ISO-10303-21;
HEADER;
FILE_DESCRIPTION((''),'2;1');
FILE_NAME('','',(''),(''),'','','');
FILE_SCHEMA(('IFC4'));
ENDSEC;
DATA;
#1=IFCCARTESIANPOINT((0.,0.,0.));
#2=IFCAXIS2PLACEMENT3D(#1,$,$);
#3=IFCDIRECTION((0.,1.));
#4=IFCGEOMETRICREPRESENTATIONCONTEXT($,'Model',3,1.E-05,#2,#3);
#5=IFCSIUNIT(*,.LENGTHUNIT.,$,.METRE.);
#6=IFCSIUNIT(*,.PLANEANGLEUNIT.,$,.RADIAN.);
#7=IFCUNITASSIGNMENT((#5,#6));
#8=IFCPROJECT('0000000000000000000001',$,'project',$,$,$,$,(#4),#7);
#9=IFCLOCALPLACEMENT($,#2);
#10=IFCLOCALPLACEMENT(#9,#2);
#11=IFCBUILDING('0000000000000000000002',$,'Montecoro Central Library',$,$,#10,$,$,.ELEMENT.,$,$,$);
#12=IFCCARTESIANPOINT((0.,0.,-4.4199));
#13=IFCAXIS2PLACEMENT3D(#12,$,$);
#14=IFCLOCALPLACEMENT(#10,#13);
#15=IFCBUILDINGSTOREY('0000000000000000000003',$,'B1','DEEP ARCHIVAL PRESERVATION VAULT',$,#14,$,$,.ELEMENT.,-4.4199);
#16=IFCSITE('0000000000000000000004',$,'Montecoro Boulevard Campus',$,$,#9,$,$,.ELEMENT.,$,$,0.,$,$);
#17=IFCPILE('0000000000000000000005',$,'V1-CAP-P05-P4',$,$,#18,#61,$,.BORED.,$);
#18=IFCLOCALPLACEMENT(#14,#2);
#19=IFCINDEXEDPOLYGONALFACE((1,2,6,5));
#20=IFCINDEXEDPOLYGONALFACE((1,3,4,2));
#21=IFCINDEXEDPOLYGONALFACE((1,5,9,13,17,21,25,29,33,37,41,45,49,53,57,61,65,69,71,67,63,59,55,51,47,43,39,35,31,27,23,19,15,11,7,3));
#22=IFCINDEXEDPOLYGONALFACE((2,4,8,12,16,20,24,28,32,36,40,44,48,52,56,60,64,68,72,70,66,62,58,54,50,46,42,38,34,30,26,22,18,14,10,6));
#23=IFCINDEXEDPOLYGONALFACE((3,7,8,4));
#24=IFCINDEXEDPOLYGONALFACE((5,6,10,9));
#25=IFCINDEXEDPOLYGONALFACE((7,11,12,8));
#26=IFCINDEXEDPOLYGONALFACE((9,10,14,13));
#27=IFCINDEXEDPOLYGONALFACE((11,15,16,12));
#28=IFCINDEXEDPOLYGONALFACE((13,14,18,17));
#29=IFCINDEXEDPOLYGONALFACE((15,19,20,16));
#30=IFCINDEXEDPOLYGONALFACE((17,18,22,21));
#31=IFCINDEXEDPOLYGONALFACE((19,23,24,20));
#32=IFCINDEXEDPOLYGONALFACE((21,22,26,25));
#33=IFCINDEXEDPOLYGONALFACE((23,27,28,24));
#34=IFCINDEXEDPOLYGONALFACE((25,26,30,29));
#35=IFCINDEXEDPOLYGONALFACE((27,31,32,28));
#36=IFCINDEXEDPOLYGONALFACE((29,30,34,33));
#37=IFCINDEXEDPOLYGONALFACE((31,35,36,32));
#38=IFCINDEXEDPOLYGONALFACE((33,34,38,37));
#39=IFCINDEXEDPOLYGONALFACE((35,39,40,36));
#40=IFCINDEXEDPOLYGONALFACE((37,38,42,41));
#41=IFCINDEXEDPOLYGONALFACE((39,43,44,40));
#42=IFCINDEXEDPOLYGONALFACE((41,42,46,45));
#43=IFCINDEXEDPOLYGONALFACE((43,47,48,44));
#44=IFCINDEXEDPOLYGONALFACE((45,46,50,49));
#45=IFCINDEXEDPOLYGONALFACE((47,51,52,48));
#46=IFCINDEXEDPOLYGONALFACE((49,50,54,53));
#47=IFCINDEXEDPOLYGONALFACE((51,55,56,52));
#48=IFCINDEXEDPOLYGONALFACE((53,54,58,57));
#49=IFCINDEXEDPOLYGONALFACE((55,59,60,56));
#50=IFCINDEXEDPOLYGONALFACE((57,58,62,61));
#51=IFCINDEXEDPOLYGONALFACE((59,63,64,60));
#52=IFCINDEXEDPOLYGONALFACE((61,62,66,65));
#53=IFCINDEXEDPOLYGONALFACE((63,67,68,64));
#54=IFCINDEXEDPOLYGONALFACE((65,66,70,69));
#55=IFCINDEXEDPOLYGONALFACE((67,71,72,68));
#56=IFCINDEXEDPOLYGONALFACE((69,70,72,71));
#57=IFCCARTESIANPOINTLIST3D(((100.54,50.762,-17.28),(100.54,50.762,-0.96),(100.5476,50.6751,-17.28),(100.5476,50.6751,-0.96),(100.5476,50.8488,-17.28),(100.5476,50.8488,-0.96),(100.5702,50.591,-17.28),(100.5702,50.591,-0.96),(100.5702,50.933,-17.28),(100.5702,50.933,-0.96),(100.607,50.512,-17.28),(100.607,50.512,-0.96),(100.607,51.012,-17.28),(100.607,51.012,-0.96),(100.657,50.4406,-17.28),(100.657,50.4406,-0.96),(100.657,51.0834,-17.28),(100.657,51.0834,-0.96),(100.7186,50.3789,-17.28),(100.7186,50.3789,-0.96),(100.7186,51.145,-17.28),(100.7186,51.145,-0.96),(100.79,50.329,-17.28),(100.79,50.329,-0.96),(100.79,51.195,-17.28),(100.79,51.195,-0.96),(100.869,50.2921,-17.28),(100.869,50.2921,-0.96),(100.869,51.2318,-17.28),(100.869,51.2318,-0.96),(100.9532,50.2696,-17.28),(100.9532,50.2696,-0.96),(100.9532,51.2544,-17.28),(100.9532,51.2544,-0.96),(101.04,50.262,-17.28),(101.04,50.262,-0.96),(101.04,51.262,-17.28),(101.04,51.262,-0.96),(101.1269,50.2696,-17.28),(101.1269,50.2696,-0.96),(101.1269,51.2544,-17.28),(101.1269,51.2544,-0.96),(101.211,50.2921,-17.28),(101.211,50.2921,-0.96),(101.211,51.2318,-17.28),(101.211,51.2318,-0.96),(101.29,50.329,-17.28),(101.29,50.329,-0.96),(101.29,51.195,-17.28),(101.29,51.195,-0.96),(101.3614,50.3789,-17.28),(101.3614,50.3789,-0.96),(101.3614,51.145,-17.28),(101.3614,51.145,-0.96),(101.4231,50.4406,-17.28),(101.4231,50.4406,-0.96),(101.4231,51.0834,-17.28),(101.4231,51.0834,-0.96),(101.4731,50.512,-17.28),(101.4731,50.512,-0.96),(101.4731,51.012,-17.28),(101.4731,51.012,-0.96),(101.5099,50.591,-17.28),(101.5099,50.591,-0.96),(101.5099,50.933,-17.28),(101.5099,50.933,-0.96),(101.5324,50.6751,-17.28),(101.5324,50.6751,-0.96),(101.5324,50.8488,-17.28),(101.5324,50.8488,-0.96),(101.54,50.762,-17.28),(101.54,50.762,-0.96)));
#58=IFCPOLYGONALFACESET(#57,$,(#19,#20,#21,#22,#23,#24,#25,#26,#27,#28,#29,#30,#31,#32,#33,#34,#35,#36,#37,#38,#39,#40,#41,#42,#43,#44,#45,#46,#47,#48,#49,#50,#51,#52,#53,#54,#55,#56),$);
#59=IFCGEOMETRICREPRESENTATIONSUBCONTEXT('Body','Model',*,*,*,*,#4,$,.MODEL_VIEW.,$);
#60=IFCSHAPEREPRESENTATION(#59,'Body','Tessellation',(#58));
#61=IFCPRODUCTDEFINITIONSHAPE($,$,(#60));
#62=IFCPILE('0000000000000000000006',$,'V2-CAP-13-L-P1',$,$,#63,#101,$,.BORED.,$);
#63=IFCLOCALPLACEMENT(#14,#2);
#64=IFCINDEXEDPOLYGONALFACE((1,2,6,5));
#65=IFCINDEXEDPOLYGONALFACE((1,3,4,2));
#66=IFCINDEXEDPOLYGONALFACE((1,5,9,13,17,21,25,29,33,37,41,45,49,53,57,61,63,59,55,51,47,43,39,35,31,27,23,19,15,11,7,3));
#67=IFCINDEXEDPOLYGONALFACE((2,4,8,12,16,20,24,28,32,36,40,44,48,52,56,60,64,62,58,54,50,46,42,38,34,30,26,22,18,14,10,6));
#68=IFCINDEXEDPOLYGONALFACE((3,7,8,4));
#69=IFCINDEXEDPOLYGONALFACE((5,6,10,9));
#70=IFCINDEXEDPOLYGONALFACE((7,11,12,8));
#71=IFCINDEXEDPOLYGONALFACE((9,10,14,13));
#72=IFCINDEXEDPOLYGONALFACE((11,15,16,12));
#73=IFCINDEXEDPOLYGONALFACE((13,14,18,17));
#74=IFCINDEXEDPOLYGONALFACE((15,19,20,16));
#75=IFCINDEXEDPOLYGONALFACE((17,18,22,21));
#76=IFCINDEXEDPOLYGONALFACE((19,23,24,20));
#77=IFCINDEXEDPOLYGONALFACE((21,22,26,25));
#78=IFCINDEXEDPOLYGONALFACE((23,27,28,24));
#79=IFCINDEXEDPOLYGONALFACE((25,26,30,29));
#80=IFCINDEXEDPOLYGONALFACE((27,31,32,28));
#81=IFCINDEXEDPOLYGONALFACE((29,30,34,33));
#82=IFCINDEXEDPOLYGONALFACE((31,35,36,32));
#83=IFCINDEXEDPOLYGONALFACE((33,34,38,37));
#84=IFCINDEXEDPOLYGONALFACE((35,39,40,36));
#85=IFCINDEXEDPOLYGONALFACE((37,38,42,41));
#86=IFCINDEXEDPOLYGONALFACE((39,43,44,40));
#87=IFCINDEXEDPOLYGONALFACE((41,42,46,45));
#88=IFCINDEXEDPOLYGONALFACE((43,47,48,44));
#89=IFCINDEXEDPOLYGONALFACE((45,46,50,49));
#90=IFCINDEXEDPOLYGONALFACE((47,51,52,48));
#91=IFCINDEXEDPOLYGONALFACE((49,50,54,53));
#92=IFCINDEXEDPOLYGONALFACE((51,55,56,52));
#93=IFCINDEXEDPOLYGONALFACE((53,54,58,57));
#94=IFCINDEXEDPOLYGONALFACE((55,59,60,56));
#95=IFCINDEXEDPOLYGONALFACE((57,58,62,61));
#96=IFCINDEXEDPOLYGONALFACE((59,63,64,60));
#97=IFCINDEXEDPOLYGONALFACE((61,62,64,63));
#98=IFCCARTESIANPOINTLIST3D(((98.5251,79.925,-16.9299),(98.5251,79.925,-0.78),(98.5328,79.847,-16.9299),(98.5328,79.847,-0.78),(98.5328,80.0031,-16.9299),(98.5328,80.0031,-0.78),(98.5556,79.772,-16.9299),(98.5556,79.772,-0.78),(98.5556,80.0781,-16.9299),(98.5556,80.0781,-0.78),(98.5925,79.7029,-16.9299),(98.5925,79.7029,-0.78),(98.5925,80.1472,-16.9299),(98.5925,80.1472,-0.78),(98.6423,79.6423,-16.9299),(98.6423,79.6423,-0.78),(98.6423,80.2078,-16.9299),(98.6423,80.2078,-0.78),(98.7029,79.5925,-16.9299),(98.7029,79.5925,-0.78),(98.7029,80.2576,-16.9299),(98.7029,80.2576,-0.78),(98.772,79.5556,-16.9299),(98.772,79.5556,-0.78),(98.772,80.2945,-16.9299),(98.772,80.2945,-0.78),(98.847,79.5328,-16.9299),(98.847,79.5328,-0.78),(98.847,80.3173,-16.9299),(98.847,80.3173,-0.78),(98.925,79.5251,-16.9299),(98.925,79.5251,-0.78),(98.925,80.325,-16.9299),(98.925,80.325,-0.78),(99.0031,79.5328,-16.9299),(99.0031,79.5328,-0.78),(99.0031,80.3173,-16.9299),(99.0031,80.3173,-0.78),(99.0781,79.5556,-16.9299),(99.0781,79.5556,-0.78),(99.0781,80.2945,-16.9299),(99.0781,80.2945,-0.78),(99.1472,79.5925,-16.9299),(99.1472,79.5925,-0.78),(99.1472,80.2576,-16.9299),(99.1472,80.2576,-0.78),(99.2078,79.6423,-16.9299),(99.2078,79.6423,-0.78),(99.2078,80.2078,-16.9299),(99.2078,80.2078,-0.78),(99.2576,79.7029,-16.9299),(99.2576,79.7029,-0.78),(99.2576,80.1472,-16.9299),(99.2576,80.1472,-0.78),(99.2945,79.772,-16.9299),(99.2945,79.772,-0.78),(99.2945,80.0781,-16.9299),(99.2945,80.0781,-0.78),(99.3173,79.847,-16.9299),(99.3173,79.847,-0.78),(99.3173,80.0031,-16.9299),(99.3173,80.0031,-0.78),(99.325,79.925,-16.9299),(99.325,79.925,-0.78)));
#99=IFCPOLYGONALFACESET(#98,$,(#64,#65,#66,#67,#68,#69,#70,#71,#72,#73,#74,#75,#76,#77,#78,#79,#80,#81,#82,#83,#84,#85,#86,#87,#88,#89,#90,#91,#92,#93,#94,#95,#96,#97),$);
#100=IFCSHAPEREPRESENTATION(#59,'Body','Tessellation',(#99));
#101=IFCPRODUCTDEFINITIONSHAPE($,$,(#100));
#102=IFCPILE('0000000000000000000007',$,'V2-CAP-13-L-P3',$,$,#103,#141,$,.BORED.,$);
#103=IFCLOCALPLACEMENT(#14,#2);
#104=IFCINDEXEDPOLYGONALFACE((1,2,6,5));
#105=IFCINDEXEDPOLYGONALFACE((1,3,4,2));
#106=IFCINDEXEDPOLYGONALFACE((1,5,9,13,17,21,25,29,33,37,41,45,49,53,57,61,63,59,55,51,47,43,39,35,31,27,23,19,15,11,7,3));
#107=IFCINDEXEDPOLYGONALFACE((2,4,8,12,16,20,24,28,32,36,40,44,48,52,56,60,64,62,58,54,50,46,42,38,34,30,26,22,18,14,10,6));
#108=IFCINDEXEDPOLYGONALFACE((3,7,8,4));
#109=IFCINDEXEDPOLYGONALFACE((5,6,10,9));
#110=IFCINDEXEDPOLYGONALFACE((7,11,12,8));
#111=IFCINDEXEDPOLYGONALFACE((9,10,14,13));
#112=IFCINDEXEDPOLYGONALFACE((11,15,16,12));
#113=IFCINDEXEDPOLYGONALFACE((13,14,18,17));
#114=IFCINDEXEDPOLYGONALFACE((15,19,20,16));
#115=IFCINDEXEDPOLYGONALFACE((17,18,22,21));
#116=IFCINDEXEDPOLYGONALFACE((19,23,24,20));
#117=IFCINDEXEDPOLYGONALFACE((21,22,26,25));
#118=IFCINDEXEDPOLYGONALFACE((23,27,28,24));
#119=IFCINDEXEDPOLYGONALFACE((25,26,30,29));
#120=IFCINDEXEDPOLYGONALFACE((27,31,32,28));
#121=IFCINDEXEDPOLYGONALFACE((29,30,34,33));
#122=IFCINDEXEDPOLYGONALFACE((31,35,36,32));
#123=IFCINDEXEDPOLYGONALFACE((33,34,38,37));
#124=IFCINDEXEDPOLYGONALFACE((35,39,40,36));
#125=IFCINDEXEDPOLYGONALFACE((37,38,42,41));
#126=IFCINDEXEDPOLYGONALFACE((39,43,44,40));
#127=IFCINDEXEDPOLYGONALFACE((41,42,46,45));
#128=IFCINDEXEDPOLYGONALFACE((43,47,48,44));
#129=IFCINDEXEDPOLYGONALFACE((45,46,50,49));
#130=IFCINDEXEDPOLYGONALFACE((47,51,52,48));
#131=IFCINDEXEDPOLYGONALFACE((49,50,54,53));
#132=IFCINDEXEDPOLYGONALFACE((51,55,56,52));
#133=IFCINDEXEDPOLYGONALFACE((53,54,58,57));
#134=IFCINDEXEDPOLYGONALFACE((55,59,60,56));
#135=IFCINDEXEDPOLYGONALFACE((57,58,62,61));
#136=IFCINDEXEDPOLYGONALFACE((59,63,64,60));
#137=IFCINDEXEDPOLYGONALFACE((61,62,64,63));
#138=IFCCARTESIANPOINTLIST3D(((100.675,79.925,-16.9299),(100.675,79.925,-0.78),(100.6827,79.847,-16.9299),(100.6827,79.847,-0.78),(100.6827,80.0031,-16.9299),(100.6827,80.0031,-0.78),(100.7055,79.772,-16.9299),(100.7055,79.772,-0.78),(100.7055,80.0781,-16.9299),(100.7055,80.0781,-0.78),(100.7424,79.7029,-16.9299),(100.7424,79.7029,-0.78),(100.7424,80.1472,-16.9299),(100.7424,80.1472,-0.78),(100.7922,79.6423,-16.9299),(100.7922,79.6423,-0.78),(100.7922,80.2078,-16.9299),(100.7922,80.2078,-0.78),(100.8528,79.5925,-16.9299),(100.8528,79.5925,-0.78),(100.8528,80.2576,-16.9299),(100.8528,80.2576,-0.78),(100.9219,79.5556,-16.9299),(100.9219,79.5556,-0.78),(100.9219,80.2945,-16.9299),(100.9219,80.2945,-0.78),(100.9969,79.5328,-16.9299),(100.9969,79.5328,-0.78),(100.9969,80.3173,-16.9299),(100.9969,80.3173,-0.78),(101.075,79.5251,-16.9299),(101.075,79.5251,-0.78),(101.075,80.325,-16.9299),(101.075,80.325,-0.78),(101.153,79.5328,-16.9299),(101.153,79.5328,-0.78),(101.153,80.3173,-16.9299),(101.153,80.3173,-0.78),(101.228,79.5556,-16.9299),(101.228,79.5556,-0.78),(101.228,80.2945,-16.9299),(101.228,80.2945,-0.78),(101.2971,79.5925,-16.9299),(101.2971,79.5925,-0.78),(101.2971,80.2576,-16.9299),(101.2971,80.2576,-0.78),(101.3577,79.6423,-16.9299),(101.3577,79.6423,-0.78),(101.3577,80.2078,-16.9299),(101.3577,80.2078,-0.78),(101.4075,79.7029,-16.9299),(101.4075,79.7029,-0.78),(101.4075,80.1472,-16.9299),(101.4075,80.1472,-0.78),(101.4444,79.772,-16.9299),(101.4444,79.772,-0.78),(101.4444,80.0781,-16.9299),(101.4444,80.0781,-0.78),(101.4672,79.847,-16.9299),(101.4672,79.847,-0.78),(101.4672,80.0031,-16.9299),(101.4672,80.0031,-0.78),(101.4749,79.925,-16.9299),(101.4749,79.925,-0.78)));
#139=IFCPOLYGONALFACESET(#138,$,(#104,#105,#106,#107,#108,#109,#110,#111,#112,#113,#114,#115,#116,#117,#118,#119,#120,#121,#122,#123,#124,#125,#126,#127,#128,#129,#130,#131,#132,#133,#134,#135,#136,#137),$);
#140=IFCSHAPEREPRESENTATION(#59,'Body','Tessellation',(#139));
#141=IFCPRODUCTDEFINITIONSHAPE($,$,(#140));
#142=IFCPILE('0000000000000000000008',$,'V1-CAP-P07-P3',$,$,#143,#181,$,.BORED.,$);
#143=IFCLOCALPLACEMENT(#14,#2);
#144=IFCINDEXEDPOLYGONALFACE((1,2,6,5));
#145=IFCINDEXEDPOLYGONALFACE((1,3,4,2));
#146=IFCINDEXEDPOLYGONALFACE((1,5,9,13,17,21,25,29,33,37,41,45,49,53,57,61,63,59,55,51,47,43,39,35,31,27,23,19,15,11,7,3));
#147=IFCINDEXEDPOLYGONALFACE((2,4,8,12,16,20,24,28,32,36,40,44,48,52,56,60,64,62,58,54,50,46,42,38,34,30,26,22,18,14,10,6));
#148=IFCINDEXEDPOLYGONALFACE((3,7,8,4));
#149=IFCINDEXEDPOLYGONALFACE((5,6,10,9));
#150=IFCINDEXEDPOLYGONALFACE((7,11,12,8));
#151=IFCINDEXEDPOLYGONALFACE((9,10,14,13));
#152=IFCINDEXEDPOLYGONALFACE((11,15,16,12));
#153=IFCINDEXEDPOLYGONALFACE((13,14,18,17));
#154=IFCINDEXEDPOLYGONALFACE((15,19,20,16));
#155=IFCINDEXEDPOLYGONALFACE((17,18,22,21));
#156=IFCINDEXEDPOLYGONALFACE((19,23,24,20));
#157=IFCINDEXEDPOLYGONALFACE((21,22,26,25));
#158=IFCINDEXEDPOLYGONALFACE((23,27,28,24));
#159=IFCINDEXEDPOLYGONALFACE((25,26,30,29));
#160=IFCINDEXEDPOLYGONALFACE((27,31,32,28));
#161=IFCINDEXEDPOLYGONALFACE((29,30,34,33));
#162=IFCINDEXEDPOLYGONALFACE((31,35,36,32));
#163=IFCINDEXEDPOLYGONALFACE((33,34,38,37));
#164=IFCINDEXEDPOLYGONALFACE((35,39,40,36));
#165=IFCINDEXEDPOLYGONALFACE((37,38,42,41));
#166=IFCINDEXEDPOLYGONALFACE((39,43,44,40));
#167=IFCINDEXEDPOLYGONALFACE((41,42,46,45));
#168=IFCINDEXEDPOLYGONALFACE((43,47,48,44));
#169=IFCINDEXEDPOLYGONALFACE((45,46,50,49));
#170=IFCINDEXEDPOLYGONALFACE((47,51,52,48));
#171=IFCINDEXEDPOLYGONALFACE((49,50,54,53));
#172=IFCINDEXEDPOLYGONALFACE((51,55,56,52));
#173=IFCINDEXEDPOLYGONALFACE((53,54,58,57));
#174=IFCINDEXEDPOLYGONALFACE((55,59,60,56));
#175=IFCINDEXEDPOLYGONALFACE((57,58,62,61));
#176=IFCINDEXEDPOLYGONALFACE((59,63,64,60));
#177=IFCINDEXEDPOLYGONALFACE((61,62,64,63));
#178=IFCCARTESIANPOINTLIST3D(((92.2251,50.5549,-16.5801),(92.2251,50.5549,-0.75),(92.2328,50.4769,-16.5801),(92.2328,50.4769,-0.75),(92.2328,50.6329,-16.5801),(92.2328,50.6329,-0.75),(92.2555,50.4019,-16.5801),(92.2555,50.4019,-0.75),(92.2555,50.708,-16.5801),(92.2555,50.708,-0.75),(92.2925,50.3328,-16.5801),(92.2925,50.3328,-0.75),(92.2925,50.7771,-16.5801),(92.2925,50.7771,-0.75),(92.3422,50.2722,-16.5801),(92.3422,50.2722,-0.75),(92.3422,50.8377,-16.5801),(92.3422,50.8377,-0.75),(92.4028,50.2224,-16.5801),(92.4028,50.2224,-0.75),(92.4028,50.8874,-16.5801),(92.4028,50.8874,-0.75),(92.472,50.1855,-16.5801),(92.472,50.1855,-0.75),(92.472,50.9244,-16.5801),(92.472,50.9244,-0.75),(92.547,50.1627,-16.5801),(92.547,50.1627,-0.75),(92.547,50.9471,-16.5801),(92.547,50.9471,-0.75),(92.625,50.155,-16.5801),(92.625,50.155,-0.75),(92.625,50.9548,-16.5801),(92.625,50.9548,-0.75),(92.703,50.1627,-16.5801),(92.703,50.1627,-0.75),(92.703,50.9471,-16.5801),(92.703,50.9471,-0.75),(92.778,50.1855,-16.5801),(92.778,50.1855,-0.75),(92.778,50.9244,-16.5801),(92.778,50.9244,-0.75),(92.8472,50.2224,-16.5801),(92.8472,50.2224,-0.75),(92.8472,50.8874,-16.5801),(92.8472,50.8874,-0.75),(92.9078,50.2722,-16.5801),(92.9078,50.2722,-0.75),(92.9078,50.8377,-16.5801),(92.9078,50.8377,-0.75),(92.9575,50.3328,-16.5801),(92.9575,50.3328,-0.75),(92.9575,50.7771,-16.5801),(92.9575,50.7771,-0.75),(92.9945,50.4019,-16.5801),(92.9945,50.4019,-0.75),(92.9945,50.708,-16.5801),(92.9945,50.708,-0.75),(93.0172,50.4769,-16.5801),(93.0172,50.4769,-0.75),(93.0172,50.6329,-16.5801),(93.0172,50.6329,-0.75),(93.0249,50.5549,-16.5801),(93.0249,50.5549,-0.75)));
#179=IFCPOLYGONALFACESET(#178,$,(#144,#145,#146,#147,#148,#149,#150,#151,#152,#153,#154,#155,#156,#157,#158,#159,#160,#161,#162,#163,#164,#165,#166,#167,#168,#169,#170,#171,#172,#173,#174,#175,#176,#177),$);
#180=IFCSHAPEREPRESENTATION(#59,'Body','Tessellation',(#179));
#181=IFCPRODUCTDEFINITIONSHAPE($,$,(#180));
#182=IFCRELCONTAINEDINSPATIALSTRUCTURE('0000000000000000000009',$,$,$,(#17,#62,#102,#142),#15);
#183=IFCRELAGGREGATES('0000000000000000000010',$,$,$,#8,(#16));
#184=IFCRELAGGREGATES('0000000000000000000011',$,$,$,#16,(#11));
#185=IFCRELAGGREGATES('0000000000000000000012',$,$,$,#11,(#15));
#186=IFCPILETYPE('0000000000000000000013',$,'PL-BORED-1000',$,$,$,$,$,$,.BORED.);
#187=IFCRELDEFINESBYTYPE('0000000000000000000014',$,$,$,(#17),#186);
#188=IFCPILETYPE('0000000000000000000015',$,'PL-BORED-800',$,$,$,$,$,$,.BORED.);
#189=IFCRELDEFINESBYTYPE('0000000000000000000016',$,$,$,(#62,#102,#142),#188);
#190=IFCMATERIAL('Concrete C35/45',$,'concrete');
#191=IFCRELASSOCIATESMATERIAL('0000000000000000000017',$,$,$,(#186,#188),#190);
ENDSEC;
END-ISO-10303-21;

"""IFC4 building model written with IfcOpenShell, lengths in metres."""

from ifc_helpers import new_model, si_unit, direction, frame, origin, origin_2d, place, context, subcontext, project, spatial, circle, extrude, material, material_profile, profile_set, type_object, element, save


model = new_model("IFC4")

# Units and contexts
model_context = context("Model", 3, precision=1e-05, world=origin(), true_north=direction((0.0, 1.0)))
body_context = subcontext(model_context, "Body", "Model", "MODEL_VIEW")
ifc_project = project(units=[si_unit("LENGTHUNIT", "METRE"), si_unit("PLANEANGLEUNIT", "RADIAN")], contexts=[model_context])

# Site, building, storey
site_placement = place(None, origin())
site = spatial("IfcSite", under=ifc_project, at=site_placement, Name="Montecoro Boulevard Campus", CompositionType="ELEMENT", RefElevation=0.0)
building_placement = place(site_placement, origin())
building = spatial("IfcBuilding", under=site, at=building_placement, Name="Montecoro Central Library", CompositionType="ELEMENT")
storey_placement = place(building_placement, frame((0.0, 0.0, -4.4199)))
storey = spatial("IfcBuildingStorey", under=building, at=storey_placement, Name="B1", Description="DEEP ARCHIVAL PRESERVATION VAULT", CompositionType="ELEMENT", Elevation=-4.4199)

# Shared definitions
ifc_material_1 = material(Name="Concrete C35/45", Category="concrete")

# Piles
ifc_material_profile_1 = material_profile(ifc_material_1, circle(Radius=0.5, at=origin_2d()), Name="PILE D1000")
ifc_profile_set_1 = profile_set([ifc_material_profile_1], Name="Concrete C35/45")
pile_type_1 = type_object("IfcPileType", Name="PL-BORED-1000", PredefinedType="BORED", material=ifc_profile_set_1)
for number, where, z_axis, x_axis, name in (
    (1, (101.04, 50.762, -0.96), (0.0, 0.0, -1.0), (1.0, 0.0, 0.0), "V1-CAP-P05-P4"),
):
    element("IfcPile", number, at=place(storey_placement, frame(where, z_axis=z_axis, x_axis=x_axis)), inside=storey, type_object=pile_type_1, Name=name, PredefinedType="BORED", context=body_context, shape_type="SweptSolid", body=[
        extrude(circle(Radius=0.5, at=origin_2d()), origin(), (0.0, 0.0, 1.0), 16.3201),
    ])
ifc_material_profile_2 = material_profile(ifc_material_1, circle(Radius=0.3999, at=origin_2d()), Name="PILE D800")
ifc_profile_set_2 = profile_set([ifc_material_profile_2], Name="Concrete C35/45")
pile_type_2 = type_object("IfcPileType", Name="PL-BORED-800", PredefinedType="BORED", material=ifc_profile_set_2)
for number, where, z_axis, x_axis, name in (
    (2, (98.925, 79.925, -0.78), (0.0, 0.0, -1.0), (1.0, 0.0, 0.0), "V2-CAP-13-L-P1"),
    (3, (101.075, 79.925, -0.78), (0.0, 0.0, -1.0), (1.0, 0.0, 0.0), "V2-CAP-13-L-P3"),
):
    element("IfcPile", number, at=place(storey_placement, frame(where, z_axis=z_axis, x_axis=x_axis)), inside=storey, type_object=pile_type_2, Name=name, PredefinedType="BORED", context=body_context, shape_type="SweptSolid", body=[
        extrude(circle(Radius=0.3999, at=origin_2d()), origin(), (0.0, 0.0, 1.0), 16.1499),
    ])
for number, where, z_axis, x_axis, name in (
    (4, (92.625, 50.5549, -0.75), (0.0, 0.0, -1.0), (1.0, 0.0, 0.0), "V1-CAP-P07-P3"),
):
    element("IfcPile", number, at=place(storey_placement, frame(where, z_axis=z_axis, x_axis=x_axis)), inside=storey, type_object=pile_type_2, Name=name, PredefinedType="BORED", context=body_context, shape_type="SweptSolid", body=[
        extrude(circle(Radius=0.3999, at=origin_2d()), origin(), (0.0, 0.0, 1.0), 15.8301),
    ])

save(model, "model.ifc")
